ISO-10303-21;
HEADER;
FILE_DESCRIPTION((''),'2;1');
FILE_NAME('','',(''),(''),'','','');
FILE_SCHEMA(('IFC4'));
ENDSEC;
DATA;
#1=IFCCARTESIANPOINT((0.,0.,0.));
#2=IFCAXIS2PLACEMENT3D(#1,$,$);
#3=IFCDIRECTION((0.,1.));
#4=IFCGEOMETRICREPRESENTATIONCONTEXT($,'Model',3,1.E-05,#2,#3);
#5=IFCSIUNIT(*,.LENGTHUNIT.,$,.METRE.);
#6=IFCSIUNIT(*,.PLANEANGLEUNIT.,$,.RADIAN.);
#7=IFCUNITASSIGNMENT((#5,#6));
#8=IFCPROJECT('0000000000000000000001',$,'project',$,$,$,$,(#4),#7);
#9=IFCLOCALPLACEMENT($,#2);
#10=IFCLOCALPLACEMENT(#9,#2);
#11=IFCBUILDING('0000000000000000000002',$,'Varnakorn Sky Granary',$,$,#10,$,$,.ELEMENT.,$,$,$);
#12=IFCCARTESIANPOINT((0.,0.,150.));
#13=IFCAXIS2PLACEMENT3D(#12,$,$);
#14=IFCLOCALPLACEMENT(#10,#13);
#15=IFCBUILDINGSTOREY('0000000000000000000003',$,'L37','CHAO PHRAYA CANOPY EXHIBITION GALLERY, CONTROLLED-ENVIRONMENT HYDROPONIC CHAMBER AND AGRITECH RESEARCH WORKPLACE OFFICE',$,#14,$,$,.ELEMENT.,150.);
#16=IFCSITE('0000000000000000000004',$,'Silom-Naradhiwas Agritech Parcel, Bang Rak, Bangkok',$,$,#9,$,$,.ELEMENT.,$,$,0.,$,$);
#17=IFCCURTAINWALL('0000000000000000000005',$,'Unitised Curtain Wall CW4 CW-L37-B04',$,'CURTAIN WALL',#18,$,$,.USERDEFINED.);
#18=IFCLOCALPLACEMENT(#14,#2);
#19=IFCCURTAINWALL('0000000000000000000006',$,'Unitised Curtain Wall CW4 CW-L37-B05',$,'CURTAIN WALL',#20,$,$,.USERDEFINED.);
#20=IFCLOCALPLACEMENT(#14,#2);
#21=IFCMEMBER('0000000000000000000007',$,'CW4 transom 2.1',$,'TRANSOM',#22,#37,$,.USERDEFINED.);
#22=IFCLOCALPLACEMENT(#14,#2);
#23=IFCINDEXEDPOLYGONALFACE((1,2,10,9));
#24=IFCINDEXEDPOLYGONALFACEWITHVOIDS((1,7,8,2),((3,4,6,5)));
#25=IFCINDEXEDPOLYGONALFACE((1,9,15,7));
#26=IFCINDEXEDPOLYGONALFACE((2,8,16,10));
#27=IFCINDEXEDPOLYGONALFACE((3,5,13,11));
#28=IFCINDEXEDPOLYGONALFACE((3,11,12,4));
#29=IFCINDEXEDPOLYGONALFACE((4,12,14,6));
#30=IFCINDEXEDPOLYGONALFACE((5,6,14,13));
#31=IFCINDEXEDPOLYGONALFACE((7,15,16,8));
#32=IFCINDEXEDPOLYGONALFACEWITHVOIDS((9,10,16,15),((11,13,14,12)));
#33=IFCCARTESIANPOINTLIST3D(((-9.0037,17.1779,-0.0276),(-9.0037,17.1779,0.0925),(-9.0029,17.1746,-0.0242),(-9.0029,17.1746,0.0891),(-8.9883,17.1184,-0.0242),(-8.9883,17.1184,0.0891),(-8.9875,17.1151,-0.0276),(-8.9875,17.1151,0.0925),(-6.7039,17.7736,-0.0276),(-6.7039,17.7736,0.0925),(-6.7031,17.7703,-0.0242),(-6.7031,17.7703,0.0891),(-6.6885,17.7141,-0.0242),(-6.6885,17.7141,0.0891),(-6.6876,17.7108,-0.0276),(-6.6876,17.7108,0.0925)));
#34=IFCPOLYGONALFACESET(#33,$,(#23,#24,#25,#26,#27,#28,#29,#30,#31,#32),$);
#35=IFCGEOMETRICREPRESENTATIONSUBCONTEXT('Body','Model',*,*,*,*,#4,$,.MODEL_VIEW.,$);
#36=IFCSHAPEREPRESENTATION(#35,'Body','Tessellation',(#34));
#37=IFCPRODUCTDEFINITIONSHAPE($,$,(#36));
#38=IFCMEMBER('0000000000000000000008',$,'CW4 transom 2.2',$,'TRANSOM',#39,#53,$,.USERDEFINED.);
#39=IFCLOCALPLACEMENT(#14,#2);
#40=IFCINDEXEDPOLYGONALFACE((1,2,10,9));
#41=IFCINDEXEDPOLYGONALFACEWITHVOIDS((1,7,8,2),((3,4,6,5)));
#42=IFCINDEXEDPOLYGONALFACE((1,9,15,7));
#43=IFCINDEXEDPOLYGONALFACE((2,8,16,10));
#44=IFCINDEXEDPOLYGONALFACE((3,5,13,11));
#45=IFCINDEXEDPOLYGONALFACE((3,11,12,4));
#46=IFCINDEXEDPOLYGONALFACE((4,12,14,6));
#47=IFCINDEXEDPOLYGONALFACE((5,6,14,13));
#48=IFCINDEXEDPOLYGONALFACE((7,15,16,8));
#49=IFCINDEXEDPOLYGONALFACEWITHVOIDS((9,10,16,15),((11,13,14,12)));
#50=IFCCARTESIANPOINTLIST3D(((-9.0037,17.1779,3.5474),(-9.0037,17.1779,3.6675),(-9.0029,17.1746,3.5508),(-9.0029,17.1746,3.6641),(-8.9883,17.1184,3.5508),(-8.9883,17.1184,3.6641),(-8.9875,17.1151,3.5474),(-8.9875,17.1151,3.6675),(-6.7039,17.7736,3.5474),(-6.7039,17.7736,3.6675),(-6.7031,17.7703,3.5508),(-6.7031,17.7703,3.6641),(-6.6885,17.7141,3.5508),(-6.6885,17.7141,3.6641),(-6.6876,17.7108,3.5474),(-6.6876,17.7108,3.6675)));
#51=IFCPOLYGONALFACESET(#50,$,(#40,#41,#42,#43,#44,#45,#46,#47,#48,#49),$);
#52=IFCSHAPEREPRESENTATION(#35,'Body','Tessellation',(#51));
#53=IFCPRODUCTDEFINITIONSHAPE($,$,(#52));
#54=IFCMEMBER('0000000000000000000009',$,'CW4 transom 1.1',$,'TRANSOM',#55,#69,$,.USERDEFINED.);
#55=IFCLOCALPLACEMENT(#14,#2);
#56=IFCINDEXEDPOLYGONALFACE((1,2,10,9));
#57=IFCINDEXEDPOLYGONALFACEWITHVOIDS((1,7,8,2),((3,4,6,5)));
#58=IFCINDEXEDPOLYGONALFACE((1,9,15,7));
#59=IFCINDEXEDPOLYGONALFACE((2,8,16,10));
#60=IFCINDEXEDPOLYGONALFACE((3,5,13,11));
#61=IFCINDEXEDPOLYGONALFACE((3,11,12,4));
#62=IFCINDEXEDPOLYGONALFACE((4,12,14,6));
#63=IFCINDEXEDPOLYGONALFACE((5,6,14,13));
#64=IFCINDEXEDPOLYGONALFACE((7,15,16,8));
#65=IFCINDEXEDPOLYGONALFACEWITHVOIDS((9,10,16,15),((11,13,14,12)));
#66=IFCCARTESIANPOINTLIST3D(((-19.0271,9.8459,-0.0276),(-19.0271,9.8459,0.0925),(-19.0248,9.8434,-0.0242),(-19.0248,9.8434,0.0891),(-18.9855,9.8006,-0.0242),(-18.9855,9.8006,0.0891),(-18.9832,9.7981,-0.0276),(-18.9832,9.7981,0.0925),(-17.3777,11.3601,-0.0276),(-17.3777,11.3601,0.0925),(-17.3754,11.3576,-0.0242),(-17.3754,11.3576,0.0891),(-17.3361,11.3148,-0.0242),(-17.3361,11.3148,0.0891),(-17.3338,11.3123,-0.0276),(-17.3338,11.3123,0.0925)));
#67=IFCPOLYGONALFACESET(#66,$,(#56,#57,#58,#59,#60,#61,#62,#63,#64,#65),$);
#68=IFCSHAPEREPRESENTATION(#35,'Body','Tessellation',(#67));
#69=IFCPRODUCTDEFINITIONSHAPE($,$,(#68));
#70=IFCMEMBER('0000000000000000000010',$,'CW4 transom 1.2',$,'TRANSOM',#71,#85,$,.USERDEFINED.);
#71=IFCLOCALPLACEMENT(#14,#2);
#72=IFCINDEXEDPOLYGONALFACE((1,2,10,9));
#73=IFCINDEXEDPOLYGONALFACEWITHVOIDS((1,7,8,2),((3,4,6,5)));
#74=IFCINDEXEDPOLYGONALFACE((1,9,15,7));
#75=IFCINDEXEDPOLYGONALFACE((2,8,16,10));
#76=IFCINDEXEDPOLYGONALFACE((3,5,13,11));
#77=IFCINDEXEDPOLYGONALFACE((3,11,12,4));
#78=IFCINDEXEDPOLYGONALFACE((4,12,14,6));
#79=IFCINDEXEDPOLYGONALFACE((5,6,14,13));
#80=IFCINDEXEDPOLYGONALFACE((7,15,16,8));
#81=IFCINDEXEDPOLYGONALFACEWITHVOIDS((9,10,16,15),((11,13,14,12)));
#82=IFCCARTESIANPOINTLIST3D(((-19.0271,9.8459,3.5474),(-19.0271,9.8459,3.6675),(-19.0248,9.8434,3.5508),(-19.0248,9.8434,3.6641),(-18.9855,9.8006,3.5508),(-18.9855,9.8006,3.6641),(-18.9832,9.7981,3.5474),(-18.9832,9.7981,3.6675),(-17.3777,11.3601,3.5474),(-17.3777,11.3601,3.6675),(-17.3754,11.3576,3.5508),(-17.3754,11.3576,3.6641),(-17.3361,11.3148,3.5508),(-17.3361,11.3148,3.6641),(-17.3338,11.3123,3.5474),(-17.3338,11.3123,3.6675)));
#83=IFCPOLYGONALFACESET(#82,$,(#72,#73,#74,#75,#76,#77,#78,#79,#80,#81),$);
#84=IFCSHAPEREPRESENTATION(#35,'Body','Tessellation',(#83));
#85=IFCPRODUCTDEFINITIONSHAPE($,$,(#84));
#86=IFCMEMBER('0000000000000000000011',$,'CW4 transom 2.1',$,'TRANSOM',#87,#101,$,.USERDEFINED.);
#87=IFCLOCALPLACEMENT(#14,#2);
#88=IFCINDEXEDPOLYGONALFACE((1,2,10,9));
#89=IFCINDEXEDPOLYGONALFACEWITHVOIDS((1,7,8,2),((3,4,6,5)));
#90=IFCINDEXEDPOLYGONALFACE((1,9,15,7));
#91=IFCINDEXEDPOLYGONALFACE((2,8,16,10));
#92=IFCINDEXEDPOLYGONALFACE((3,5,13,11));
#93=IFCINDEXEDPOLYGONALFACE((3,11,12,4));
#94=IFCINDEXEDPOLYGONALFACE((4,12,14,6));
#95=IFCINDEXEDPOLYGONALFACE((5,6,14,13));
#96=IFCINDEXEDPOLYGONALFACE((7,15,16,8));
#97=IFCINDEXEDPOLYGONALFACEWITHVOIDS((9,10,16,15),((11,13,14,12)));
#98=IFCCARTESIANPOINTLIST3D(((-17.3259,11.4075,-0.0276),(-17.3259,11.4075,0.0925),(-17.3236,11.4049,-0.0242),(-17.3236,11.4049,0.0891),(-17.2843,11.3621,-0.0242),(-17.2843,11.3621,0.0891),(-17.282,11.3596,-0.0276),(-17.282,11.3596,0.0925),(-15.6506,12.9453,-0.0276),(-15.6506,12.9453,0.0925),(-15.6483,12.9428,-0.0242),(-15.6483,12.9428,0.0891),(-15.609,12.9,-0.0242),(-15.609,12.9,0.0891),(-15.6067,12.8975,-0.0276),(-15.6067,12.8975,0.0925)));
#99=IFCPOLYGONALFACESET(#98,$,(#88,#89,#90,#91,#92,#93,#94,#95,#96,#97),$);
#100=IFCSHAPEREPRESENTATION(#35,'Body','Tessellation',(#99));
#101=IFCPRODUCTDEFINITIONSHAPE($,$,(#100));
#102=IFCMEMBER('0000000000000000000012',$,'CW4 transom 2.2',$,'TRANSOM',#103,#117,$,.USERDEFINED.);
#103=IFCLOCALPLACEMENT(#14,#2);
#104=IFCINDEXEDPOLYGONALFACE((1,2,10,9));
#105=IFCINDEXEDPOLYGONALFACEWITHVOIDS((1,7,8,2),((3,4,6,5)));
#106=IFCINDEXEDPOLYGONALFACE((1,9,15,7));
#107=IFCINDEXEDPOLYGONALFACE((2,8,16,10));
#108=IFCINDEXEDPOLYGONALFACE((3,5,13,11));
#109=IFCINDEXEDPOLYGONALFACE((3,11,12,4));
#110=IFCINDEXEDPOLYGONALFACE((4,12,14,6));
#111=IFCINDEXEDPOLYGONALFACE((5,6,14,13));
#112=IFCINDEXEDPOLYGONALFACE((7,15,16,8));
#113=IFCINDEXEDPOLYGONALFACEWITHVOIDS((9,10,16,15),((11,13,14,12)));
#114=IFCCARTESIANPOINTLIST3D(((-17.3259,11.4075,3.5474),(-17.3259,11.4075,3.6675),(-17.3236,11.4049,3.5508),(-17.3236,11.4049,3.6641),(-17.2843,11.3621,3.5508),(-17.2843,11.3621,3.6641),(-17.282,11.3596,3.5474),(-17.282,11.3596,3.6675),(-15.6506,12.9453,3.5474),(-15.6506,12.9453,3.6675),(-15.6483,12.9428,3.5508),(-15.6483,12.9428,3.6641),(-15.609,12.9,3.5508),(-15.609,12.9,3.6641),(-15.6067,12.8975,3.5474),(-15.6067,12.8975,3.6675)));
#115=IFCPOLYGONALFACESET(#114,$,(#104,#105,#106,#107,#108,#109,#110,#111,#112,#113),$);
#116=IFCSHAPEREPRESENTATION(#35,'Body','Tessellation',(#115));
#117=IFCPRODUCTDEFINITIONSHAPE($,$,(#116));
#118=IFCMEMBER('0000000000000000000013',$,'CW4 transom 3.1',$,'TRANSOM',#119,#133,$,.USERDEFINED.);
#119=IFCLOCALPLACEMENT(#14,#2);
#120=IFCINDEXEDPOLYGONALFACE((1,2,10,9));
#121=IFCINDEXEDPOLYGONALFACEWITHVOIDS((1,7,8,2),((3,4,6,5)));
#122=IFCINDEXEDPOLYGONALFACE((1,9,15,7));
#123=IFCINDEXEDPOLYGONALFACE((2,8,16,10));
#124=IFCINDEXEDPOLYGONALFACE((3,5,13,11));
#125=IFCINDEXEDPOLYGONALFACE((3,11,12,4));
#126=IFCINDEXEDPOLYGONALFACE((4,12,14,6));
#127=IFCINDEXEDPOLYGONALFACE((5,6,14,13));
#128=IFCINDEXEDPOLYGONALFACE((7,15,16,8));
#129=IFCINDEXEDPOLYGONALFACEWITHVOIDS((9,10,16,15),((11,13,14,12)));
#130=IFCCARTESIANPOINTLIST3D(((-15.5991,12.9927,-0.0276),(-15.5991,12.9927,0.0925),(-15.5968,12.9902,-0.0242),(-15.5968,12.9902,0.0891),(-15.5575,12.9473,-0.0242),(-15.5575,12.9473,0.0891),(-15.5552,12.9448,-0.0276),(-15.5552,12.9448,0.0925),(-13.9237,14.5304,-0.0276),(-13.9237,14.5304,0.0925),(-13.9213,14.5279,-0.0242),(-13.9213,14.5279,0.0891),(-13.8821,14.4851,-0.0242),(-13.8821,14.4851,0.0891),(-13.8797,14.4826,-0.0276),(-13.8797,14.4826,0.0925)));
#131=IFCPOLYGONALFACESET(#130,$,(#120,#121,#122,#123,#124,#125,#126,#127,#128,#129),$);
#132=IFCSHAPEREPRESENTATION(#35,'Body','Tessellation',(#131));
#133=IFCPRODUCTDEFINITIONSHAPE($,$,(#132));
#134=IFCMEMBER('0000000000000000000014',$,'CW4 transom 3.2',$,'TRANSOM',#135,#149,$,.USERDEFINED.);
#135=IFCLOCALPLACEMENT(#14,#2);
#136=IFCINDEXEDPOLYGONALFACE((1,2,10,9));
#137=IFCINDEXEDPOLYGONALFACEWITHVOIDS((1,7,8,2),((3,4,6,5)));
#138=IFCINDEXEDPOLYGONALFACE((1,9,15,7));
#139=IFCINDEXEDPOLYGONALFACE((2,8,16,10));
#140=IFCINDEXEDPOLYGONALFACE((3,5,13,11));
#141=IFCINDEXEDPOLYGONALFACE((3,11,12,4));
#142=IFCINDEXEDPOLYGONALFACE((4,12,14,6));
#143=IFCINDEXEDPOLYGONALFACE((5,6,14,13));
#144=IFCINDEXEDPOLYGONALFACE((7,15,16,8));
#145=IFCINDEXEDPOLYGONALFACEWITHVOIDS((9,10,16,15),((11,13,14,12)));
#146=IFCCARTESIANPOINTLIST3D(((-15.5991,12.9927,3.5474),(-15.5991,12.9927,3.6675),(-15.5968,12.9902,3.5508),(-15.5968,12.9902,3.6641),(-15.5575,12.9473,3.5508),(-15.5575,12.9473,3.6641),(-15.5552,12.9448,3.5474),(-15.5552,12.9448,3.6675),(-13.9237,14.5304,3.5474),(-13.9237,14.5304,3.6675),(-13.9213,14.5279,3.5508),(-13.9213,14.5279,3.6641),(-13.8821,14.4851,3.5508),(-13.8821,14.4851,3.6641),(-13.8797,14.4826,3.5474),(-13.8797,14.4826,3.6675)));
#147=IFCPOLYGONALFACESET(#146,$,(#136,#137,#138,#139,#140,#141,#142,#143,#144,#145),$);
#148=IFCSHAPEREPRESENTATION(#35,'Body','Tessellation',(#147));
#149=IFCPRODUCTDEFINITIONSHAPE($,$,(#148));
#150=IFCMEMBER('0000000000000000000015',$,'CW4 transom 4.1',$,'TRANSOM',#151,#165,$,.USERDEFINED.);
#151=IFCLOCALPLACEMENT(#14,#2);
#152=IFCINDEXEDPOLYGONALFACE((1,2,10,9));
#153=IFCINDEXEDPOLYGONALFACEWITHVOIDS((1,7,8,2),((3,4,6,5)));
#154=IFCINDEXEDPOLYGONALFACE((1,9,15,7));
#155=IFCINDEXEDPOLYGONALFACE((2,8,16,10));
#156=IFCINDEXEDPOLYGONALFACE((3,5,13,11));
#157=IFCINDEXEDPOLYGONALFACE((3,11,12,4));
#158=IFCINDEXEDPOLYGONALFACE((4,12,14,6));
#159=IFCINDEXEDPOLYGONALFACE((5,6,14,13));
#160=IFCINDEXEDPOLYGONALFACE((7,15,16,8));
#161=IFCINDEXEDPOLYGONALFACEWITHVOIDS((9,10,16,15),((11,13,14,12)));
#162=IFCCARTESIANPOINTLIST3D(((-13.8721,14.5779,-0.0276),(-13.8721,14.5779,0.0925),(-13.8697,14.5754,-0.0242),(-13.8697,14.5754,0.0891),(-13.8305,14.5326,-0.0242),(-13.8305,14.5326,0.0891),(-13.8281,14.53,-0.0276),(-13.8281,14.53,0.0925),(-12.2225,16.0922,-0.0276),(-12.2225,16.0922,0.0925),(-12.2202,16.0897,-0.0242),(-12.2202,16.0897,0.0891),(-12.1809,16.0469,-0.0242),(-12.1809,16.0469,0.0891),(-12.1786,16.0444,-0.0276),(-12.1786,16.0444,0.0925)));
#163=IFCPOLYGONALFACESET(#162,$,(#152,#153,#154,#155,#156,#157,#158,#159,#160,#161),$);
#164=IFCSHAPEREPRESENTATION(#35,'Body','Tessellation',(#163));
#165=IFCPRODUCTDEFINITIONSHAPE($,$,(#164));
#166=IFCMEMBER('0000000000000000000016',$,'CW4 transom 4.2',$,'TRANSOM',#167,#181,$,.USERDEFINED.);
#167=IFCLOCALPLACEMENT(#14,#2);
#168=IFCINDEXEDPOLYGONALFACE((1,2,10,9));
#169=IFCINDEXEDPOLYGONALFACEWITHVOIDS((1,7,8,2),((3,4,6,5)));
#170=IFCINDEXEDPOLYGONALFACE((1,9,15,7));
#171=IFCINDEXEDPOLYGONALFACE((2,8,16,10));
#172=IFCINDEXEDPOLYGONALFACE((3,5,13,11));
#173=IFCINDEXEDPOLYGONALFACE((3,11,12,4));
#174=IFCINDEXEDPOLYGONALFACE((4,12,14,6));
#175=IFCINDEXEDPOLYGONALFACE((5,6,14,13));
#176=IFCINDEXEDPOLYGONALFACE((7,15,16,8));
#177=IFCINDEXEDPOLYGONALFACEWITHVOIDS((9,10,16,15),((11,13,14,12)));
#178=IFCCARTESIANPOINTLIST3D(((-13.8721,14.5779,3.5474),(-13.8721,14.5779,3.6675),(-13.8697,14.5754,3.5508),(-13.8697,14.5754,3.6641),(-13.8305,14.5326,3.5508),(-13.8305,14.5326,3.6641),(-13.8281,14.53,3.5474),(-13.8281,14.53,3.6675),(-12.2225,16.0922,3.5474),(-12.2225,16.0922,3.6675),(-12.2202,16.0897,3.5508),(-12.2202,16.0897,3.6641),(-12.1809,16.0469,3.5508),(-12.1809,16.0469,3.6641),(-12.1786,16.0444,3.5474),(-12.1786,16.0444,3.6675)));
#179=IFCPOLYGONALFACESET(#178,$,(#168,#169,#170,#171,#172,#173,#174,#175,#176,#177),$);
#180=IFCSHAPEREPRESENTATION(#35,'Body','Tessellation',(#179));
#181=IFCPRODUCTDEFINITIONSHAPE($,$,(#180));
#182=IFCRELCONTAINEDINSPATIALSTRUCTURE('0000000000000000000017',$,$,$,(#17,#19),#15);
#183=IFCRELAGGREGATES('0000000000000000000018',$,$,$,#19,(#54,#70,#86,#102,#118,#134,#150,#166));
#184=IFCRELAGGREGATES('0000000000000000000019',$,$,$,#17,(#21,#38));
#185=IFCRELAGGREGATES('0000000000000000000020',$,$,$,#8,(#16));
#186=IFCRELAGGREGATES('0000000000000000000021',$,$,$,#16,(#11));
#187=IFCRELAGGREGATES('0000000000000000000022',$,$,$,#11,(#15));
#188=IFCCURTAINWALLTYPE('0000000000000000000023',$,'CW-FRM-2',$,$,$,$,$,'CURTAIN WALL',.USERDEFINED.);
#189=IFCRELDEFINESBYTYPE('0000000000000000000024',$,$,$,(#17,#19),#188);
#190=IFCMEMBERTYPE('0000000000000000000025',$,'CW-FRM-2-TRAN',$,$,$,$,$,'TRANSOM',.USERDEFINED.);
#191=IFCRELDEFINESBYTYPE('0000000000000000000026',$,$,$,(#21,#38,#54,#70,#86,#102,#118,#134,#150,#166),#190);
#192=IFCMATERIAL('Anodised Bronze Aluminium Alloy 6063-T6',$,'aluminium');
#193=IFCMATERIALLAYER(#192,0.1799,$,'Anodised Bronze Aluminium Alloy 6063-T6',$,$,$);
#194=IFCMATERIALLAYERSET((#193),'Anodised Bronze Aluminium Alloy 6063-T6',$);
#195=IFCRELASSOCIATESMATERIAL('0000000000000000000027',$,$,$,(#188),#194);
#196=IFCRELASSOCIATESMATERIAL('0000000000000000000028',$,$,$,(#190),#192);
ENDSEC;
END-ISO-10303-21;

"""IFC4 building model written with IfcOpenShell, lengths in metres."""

from ifc_helpers import new_model, si_unit, direction, frame, origin, origin_2d, place, context, subcontext, project, spatial, hollow_rectangle, extrude, material, layer, layer_set, material_profile, profile_set, type_object, element, aggregate, save


model = new_model("IFC4")

# Units and contexts
model_context = context("Model", 3, precision=1e-05, world=origin(), true_north=direction((0.0, 1.0)))
body_context = subcontext(model_context, "Body", "Model", "MODEL_VIEW")
ifc_project = project(units=[si_unit("LENGTHUNIT", "METRE"), si_unit("PLANEANGLEUNIT", "RADIAN")], contexts=[model_context])

# Site, building, storey
site_placement = place(None, origin())
site = spatial("IfcSite", under=ifc_project, at=site_placement, Name="Silom-Naradhiwas Agritech Parcel, Bang Rak, Bangkok", CompositionType="ELEMENT", RefElevation=0.0)
building_placement = place(site_placement, origin())
building = spatial("IfcBuilding", under=site, at=building_placement, Name="Varnakorn Sky Granary", CompositionType="ELEMENT")
storey_placement = place(building_placement, frame((0.0, 0.0, 150.0)))
storey = spatial("IfcBuildingStorey", under=building, at=storey_placement, Name="L37", Description="CHAO PHRAYA CANOPY EXHIBITION GALLERY, CONTROLLED-ENVIRONMENT HYDROPONIC CHAMBER AND AGRITECH RESEARCH WORKPLACE OFFICE", CompositionType="ELEMENT", Elevation=150.0)

# Curtain walls
ifc_material_1 = material(Name="Anodised Bronze Aluminium Alloy 6063-T6", Category="aluminium")
ifc_layer_1 = layer(ifc_material_1, 0.1799, Name="Anodised Bronze Aluminium Alloy 6063-T6")
ifc_layer_set_1 = layer_set([ifc_layer_1], Name="Anodised Bronze Aluminium Alloy 6063-T6")
curtain_wall_type = type_object("IfcCurtainWallType", Name="CW-FRM-2", ElementType="CURTAIN WALL", PredefinedType="USERDEFINED", material=ifc_layer_set_1)
curtain_wall_1_placement = place(storey_placement, origin())
curtain_wall_1 = element("IfcCurtainWall", 1, at=curtain_wall_1_placement, inside=storey, type_object=curtain_wall_type, Name="Unitised Curtain Wall CW4 CW-L37-B04", ObjectType="CURTAIN WALL", PredefinedType="USERDEFINED")
curtain_wall_2_placement = place(storey_placement, origin())
curtain_wall_2 = element("IfcCurtainWall", 2, at=curtain_wall_2_placement, inside=storey, type_object=curtain_wall_type, Name="Unitised Curtain Wall CW4 CW-L37-B05", ObjectType="CURTAIN WALL", PredefinedType="USERDEFINED")

# Members
ifc_material_profile_1 = material_profile(ifc_material_1, hollow_rectangle(XDim=0.0649, YDim=0.1201, WallThickness=0.0034, at=origin_2d()), Name="ALU TRAN 65x120")
ifc_profile_set_1 = profile_set([ifc_material_profile_1], Name="Anodised Bronze Aluminium Alloy 6063-T6")
member_type_1 = type_object("IfcMemberType", Name="CW-FRM-2-TRAN", ElementType="TRANSOM", PredefinedType="USERDEFINED", material=ifc_profile_set_1)
member_1_placement = place(storey_placement, frame((-8.9956, 17.1465, 0.0325), z_axis=(0.968052, 0.250748, 0.0), x_axis=(-0.250748, 0.968052, 0.0)))
member_1 = element("IfcMember", 3, at=member_1_placement, type_object=member_type_1, Name="CW4 transom 2.1", ObjectType="TRANSOM", PredefinedType="USERDEFINED", context=body_context, shape_type="SweptSolid", body=[
    extrude(hollow_rectangle(XDim=0.0649, YDim=0.1201, WallThickness=0.0034, at=origin_2d()), origin(), (0.0, 0.0, 1.0), 2.3757),
])
member_2_placement = place(storey_placement, frame((-8.9956, 17.1465, 3.6074), z_axis=(0.968052, 0.250748, 0.0), x_axis=(-0.250748, 0.968052, 0.0)))
member_2 = element("IfcMember", 4, at=member_2_placement, type_object=member_type_1, Name="CW4 transom 2.2", ObjectType="TRANSOM", PredefinedType="USERDEFINED", context=body_context, shape_type="SweptSolid", body=[
    extrude(hollow_rectangle(XDim=0.0649, YDim=0.1201, WallThickness=0.0034, at=origin_2d()), origin(), (0.0, 0.0, 1.0), 2.3757),
])
member_3_placement = place(storey_placement, frame((-19.0051, 9.822, 0.0325), z_axis=(0.736665, 0.676258, 0.0), x_axis=(-0.676258, 0.736665, 0.0)))
member_3 = element("IfcMember", 5, at=member_3_placement, type_object=member_type_1, Name="CW4 transom 1.1", ObjectType="TRANSOM", PredefinedType="USERDEFINED", context=body_context, shape_type="SweptSolid", body=[
    extrude(hollow_rectangle(XDim=0.0649, YDim=0.1201, WallThickness=0.0034, at=origin_2d()), origin(), (0.0, 0.0, 1.0), 2.239),
])
member_4_placement = place(storey_placement, frame((-19.0051, 9.822, 3.6074), z_axis=(0.736665, 0.676258, 0.0), x_axis=(-0.676258, 0.736665, 0.0)))
member_4 = element("IfcMember", 6, at=member_4_placement, type_object=member_type_1, Name="CW4 transom 1.2", ObjectType="TRANSOM", PredefinedType="USERDEFINED", context=body_context, shape_type="SweptSolid", body=[
    extrude(hollow_rectangle(XDim=0.0649, YDim=0.1201, WallThickness=0.0034, at=origin_2d()), origin(), (0.0, 0.0, 1.0), 2.239),
])
member_5_placement = place(storey_placement, frame((-17.304, 11.3835, 0.0325), z_axis=(0.736682, 0.67624, 0.0), x_axis=(-0.67624, 0.736682, 0.0)))
member_5 = element("IfcMember", 7, at=member_5_placement, type_object=member_type_1, Name="CW4 transom 2.1", ObjectType="TRANSOM", PredefinedType="USERDEFINED", context=body_context, shape_type="SweptSolid", body=[
    extrude(hollow_rectangle(XDim=0.0649, YDim=0.1201, WallThickness=0.0034, at=origin_2d()), origin(), (0.0, 0.0, 1.0), 2.2742),
])
member_6_placement = place(storey_placement, frame((-17.304, 11.3835, 3.6074), z_axis=(0.736682, 0.67624, 0.0), x_axis=(-0.67624, 0.736682, 0.0)))
member_6 = element("IfcMember", 8, at=member_6_placement, type_object=member_type_1, Name="CW4 transom 2.2", ObjectType="TRANSOM", PredefinedType="USERDEFINED", context=body_context, shape_type="SweptSolid", body=[
    extrude(hollow_rectangle(XDim=0.0649, YDim=0.1201, WallThickness=0.0034, at=origin_2d()), origin(), (0.0, 0.0, 1.0), 2.2742),
])
member_7_placement = place(storey_placement, frame((-15.5771, 12.9688, 0.0325), z_axis=(0.736731, 0.676186, 0.0), x_axis=(-0.676186, 0.736731, 0.0)))
member_7 = element("IfcMember", 9, at=member_7_placement, type_object=member_type_1, Name="CW4 transom 3.1", ObjectType="TRANSOM", PredefinedType="USERDEFINED", context=body_context, shape_type="SweptSolid", body=[
    extrude(hollow_rectangle(XDim=0.0649, YDim=0.1201, WallThickness=0.0034, at=origin_2d()), origin(), (0.0, 0.0, 1.0), 2.2742),
])
member_8_placement = place(storey_placement, frame((-15.5771, 12.9688, 3.6074), z_axis=(0.736731, 0.676186, 0.0), x_axis=(-0.676186, 0.736731, 0.0)))
member_8 = element("IfcMember", 10, at=member_8_placement, type_object=member_type_1, Name="CW4 transom 3.2", ObjectType="TRANSOM", PredefinedType="USERDEFINED", context=body_context, shape_type="SweptSolid", body=[
    extrude(hollow_rectangle(XDim=0.0649, YDim=0.1201, WallThickness=0.0034, at=origin_2d()), origin(), (0.0, 0.0, 1.0), 2.2742),
])
member_9_placement = place(storey_placement, frame((-13.8501, 14.554, 0.0325), z_axis=(0.736661, 0.676263, 0.0), x_axis=(-0.676263, 0.736661, 0.0)))
member_9 = element("IfcMember", 11, at=member_9_placement, type_object=member_type_1, Name="CW4 transom 4.1", ObjectType="TRANSOM", PredefinedType="USERDEFINED", context=body_context, shape_type="SweptSolid", body=[
    extrude(hollow_rectangle(XDim=0.0649, YDim=0.1201, WallThickness=0.0034, at=origin_2d()), origin(), (0.0, 0.0, 1.0), 2.2393),
])
member_10_placement = place(storey_placement, frame((-13.8501, 14.554, 3.6074), z_axis=(0.736661, 0.676263, 0.0), x_axis=(-0.676263, 0.736661, 0.0)))
member_10 = element("IfcMember", 12, at=member_10_placement, type_object=member_type_1, Name="CW4 transom 4.2", ObjectType="TRANSOM", PredefinedType="USERDEFINED", context=body_context, shape_type="SweptSolid", body=[
    extrude(hollow_rectangle(XDim=0.0649, YDim=0.1201, WallThickness=0.0034, at=origin_2d()), origin(), (0.0, 0.0, 1.0), 2.2393),
])

aggregate(curtain_wall_2, [member_3, member_4, member_5, member_6, member_7, member_8, member_9, member_10])
aggregate(curtain_wall_1, [member_1, member_2])

save(model, "model.ifc")
